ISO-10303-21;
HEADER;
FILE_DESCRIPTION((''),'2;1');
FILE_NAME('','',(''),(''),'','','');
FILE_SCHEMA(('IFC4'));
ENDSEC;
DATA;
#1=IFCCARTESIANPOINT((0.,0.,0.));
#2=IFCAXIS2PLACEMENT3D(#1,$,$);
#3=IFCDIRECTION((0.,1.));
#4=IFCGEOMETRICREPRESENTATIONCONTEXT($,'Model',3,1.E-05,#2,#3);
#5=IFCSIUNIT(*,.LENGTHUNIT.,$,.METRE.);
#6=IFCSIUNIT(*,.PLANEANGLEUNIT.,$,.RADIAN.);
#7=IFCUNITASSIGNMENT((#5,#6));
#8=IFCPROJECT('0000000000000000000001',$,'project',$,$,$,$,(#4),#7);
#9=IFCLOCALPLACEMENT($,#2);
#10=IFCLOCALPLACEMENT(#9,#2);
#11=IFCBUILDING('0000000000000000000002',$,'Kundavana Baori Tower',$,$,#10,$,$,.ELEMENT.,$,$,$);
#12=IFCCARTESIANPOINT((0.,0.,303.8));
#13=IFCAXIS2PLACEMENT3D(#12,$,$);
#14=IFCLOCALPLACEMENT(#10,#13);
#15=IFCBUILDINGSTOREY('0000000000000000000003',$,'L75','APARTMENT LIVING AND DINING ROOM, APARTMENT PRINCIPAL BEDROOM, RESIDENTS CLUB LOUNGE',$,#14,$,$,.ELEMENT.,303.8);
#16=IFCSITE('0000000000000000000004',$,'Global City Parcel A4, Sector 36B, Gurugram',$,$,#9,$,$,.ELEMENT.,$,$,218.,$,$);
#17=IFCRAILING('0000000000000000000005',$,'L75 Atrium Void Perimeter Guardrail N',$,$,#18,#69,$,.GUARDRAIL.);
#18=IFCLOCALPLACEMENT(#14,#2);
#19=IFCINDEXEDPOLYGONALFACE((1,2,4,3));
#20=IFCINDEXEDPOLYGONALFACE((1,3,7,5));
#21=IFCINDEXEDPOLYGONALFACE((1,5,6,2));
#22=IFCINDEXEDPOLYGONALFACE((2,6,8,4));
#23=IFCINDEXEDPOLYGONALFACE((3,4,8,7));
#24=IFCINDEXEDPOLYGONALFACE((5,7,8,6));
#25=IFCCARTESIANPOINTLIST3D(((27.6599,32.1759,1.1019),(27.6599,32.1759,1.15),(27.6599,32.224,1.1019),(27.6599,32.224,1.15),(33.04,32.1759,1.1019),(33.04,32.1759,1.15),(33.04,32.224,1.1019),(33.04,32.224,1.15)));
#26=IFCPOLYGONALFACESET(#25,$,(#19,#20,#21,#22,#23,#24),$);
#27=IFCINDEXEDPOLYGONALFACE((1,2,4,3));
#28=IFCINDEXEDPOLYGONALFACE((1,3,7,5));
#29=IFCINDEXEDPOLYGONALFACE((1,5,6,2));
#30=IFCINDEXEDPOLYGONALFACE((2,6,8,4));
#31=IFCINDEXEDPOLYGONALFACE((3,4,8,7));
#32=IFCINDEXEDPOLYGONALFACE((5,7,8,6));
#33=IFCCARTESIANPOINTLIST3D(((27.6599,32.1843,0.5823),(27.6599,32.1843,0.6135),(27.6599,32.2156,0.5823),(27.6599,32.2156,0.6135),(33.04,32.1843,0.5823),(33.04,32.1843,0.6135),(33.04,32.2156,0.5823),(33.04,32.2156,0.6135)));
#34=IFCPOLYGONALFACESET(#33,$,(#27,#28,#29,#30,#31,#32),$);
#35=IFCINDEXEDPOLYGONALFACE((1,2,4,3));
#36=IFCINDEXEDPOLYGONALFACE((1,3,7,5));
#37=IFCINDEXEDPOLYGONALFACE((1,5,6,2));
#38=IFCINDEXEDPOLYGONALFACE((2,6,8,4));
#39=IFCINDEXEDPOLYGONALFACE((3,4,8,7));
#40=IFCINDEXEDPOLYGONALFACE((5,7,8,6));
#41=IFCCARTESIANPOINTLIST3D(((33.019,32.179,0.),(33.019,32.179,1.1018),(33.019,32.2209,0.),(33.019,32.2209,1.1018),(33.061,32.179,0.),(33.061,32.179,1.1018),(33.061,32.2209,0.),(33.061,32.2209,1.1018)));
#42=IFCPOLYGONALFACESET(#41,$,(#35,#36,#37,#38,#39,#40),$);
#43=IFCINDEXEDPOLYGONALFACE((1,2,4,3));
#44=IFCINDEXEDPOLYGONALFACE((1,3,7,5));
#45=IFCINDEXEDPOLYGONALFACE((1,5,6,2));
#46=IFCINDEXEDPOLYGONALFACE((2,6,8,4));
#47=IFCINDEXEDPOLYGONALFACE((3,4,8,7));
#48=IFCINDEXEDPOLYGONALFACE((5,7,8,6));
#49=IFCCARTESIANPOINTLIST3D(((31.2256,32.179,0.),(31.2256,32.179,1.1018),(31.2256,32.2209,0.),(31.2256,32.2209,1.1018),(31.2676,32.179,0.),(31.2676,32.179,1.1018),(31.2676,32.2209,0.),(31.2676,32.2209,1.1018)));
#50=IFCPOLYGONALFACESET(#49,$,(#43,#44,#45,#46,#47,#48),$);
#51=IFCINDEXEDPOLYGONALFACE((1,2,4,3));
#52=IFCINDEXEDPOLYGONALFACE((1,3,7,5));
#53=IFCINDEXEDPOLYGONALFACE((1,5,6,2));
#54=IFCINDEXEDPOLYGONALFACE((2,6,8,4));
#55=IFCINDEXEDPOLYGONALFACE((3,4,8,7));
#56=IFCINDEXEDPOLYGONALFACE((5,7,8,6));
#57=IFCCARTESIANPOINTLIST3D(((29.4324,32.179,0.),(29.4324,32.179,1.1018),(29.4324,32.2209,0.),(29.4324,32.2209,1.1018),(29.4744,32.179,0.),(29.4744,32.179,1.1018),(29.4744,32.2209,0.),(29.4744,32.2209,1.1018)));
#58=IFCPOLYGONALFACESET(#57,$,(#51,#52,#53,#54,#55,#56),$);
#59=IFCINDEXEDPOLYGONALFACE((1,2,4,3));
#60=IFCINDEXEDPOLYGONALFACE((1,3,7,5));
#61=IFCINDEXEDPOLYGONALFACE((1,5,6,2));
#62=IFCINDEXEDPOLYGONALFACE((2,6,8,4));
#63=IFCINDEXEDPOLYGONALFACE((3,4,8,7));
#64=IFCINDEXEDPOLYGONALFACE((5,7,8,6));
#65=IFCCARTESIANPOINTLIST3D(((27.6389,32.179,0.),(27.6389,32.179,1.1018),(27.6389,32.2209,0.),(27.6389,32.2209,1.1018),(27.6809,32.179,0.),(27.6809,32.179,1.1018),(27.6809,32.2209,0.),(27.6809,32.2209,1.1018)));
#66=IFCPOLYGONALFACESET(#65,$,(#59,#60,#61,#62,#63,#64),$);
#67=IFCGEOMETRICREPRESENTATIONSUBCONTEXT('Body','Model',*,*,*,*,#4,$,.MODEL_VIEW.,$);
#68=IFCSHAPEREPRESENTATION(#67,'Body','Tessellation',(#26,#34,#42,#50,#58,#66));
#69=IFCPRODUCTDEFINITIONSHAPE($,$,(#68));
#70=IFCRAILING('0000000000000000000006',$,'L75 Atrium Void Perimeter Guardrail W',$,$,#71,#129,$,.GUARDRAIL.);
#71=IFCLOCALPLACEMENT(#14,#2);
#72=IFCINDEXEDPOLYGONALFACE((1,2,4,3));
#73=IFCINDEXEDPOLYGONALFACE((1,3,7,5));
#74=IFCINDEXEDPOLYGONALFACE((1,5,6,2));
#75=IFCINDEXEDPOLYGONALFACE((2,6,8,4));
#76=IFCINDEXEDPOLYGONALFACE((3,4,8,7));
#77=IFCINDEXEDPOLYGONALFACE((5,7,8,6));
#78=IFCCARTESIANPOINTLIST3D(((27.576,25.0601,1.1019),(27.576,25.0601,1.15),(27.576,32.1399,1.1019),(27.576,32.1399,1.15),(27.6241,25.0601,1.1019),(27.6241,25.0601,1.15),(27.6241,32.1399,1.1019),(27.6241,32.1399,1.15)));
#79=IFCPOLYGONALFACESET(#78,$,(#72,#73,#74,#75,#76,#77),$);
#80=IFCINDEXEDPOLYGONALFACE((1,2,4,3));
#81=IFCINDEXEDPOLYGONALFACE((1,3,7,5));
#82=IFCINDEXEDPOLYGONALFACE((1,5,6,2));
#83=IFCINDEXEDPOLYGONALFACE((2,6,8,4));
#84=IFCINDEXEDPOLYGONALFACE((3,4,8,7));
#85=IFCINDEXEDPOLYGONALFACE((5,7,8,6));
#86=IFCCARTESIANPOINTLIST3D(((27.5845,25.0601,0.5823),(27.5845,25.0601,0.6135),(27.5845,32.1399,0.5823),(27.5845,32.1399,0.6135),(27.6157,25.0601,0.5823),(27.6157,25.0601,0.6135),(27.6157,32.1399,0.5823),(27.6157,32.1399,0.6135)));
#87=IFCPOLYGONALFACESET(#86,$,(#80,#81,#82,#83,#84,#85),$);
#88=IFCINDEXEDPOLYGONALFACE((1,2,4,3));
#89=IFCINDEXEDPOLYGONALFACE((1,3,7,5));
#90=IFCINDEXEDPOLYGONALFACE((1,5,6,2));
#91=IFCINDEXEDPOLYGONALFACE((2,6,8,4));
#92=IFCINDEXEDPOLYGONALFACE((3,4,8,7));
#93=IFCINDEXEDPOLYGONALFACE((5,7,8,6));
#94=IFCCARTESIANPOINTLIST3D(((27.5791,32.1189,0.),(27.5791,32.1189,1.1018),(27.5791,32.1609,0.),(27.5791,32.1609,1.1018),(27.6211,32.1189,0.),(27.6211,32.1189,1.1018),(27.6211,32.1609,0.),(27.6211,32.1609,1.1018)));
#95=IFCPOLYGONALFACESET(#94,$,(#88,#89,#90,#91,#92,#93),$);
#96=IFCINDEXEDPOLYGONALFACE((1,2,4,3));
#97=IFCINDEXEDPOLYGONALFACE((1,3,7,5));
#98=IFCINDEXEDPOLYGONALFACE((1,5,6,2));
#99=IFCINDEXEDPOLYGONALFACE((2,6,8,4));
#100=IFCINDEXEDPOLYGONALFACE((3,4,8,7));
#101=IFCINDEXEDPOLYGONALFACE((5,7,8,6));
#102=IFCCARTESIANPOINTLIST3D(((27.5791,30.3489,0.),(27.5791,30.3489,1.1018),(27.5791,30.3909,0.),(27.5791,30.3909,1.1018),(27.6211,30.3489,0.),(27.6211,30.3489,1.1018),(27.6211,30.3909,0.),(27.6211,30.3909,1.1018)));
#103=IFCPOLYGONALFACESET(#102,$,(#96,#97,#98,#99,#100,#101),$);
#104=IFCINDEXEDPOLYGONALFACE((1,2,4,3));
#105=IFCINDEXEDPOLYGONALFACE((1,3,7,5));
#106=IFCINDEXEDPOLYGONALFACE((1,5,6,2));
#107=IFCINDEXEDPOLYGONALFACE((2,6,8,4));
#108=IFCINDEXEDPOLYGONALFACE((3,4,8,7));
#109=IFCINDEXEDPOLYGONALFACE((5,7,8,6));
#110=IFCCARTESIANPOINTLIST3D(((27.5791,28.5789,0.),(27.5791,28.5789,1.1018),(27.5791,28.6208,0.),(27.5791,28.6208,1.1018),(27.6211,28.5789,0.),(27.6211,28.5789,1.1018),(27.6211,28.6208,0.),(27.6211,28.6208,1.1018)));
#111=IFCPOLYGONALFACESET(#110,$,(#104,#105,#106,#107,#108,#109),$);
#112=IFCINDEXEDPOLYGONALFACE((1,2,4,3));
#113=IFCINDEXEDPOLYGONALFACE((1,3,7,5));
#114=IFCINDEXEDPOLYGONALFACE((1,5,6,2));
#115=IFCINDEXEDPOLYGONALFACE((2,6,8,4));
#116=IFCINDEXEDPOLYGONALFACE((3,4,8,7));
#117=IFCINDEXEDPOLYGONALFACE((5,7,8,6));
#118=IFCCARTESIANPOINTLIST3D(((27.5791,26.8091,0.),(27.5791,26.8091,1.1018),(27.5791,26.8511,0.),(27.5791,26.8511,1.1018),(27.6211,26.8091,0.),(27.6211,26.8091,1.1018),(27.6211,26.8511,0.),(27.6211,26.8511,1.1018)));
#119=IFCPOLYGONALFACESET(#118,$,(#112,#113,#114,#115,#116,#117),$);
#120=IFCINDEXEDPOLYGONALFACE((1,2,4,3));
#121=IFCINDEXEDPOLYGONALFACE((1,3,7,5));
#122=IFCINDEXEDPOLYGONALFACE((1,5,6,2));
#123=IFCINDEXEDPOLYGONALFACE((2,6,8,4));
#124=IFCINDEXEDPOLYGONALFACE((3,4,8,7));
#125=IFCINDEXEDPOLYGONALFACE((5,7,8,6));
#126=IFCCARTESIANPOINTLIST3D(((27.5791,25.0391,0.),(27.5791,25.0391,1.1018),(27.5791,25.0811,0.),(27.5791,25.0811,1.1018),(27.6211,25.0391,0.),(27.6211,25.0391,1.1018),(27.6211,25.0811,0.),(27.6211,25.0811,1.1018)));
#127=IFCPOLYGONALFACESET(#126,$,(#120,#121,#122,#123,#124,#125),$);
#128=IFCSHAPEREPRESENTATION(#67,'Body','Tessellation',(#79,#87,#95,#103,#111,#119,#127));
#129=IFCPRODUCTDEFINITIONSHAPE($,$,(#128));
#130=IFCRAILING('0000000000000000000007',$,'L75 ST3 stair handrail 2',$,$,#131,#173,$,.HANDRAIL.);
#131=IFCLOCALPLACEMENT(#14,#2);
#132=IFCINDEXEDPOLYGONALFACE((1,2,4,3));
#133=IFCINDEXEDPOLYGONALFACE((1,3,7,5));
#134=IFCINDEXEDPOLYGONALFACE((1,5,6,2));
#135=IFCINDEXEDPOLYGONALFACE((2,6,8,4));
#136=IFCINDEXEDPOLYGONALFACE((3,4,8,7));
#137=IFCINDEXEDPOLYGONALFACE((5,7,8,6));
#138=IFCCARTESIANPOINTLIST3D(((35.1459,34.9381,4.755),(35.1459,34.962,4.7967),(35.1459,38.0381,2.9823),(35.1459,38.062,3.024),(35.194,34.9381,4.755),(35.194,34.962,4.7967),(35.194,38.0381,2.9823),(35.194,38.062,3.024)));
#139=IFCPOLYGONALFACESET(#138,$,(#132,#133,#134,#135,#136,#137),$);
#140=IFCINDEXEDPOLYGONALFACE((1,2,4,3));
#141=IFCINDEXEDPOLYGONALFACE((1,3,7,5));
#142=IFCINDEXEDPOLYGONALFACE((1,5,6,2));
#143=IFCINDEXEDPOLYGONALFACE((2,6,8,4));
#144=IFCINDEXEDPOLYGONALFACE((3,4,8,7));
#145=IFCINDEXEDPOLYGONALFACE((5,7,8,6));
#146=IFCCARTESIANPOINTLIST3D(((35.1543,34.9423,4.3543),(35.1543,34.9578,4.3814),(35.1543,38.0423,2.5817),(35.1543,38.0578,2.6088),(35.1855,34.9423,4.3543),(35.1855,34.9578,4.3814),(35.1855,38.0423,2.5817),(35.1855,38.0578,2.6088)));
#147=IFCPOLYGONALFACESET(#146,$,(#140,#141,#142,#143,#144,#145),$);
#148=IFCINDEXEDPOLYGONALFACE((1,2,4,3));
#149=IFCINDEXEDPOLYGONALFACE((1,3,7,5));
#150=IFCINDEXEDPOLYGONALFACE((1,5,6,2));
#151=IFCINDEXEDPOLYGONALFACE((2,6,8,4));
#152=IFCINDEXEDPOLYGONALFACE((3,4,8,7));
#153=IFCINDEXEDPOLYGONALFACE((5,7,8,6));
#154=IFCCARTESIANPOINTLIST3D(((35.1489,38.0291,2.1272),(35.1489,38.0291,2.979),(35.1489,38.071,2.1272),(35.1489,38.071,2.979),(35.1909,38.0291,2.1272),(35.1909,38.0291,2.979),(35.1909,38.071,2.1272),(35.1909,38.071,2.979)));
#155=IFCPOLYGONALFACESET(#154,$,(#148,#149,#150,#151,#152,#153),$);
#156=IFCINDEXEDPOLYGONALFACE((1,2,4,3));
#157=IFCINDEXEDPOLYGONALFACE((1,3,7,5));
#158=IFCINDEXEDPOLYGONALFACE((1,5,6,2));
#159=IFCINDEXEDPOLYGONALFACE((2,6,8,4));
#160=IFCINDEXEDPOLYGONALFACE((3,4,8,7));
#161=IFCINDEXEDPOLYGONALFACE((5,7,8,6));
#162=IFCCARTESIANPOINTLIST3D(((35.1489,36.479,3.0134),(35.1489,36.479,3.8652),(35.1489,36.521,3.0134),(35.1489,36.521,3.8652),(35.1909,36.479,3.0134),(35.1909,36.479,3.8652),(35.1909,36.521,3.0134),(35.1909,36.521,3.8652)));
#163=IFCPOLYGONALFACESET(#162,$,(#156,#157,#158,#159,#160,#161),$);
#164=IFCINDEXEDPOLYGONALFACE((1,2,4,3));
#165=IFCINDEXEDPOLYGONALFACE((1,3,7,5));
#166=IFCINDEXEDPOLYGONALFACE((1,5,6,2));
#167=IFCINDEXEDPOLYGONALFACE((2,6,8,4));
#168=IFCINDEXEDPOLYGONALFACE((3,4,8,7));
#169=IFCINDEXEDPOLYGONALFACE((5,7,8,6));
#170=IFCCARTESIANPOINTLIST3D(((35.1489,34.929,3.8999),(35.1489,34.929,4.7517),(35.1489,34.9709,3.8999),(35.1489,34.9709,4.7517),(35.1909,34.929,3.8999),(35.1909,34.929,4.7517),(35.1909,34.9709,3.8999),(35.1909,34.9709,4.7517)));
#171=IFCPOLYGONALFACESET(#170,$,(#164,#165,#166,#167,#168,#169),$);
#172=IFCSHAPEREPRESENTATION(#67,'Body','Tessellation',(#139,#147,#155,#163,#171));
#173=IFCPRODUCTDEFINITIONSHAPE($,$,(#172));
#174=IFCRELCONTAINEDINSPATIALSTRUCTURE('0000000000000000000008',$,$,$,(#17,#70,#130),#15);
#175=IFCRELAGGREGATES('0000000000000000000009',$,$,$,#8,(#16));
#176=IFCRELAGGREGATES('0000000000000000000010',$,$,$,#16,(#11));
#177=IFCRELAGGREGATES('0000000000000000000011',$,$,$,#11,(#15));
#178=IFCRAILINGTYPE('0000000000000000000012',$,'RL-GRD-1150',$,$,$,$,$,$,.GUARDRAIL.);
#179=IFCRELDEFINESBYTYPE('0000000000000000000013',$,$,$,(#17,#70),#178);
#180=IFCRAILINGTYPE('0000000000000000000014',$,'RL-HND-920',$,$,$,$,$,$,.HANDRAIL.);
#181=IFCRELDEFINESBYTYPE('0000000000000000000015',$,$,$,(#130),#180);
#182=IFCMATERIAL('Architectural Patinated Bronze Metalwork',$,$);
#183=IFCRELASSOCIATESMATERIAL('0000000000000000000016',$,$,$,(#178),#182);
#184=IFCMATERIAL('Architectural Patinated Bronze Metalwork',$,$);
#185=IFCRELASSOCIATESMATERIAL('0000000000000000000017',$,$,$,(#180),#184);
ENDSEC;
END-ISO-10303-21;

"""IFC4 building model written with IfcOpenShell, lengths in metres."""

from ifc_helpers import new_model, si_unit, direction, frame, origin, origin_2d, place, context, subcontext, project, spatial, rectangle, extrude, material, type_object, element, save


model = new_model("IFC4")

# Units and contexts
model_context = context("Model", 3, precision=1e-05, world=origin(), true_north=direction((0.0, 1.0)))
body_context = subcontext(model_context, "Body", "Model", "MODEL_VIEW")
ifc_project = project(units=[si_unit("LENGTHUNIT", "METRE"), si_unit("PLANEANGLEUNIT", "RADIAN")], contexts=[model_context])

# Site, building, storey
site_placement = place(None, origin())
site = spatial("IfcSite", under=ifc_project, at=site_placement, Name="Global City Parcel A4, Sector 36B, Gurugram", CompositionType="ELEMENT", RefElevation=218.0)
building_placement = place(site_placement, origin())
building = spatial("IfcBuilding", under=site, at=building_placement, Name="Kundavana Baori Tower", CompositionType="ELEMENT")
storey_placement = place(building_placement, frame((0.0, 0.0, 303.8)))
storey = spatial("IfcBuildingStorey", under=building, at=storey_placement, Name="L75", Description="APARTMENT LIVING AND DINING ROOM, APARTMENT PRINCIPAL BEDROOM, RESIDENTS CLUB LOUNGE", CompositionType="ELEMENT", Elevation=303.8)

# Railings
ifc_material_1 = material(Name="Architectural Patinated Bronze Metalwork")
railing_type_1 = type_object("IfcRailingType", Name="RL-GRD-1150", PredefinedType="GUARDRAIL", material=ifc_material_1)
railing_1_placement = place(storey_placement, frame((33.04, 32.2, 0.0)))
element("IfcRailing", 1, at=railing_1_placement, inside=storey, type_object=railing_type_1, Name="L75 Atrium Void Perimeter Guardrail N", PredefinedType="GUARDRAIL", context=body_context, shape_type="SweptSolid", body=[
    extrude(rectangle(XDim=0.0481, YDim=0.0481, at=origin_2d()), frame((0.0, 0.0, 1.126), z_axis=(-1.0, 0.0, 0.0), x_axis=(0.0, -1.0, 0.0)), (0.0, 0.0, 1.0), 5.3801),
    extrude(rectangle(XDim=0.0312, YDim=0.0312, at=origin_2d()), frame((0.0, 0.0, 0.5979), z_axis=(-1.0, 0.0, 0.0), x_axis=(0.0, -1.0, 0.0)), (0.0, 0.0, 1.0), 5.3801),
    extrude(rectangle(XDim=0.042, YDim=0.042, at=origin_2d()), origin(), (0.0, 0.0, 1.0), 1.1018),
    extrude(rectangle(XDim=0.042, YDim=0.042, at=origin_2d()), frame((-1.7935, 0.0, 0.0)), (0.0, 0.0, 1.0), 1.1018),
    extrude(rectangle(XDim=0.042, YDim=0.042, at=origin_2d()), frame((-3.5867, 0.0, 0.0)), (0.0, 0.0, 1.0), 1.1018),
    extrude(rectangle(XDim=0.042, YDim=0.042, at=origin_2d()), frame((-5.3801, 0.0, 0.0)), (0.0, 0.0, 1.0), 1.1018),
])
railing_2_placement = place(storey_placement, frame((27.6001, 32.1399, 0.0)))
element("IfcRailing", 2, at=railing_2_placement, inside=storey, type_object=railing_type_1, Name="L75 Atrium Void Perimeter Guardrail W", PredefinedType="GUARDRAIL", context=body_context, shape_type="SweptSolid", body=[
    extrude(rectangle(XDim=0.0481, YDim=0.0481, at=origin_2d()), frame((0.0, 0.0, 1.126), z_axis=(0.0, -1.0, 0.0), x_axis=(1.0, 0.0, 0.0)), (0.0, 0.0, 1.0), 7.0798),
    extrude(rectangle(XDim=0.0312, YDim=0.0312, at=origin_2d()), frame((0.0, 0.0, 0.5979), z_axis=(0.0, -1.0, 0.0), x_axis=(1.0, 0.0, 0.0)), (0.0, 0.0, 1.0), 7.0798),
    extrude(rectangle(XDim=0.042, YDim=0.042, at=origin_2d()), origin(), (0.0, 0.0, 1.0), 1.1018),
    extrude(rectangle(XDim=0.042, YDim=0.042, at=origin_2d()), frame((0.0, -1.77, 0.0)), (0.0, 0.0, 1.0), 1.1018),
    extrude(rectangle(XDim=0.042, YDim=0.042, at=origin_2d()), frame((0.0, -3.54, 0.0)), (0.0, 0.0, 1.0), 1.1018),
    extrude(rectangle(XDim=0.042, YDim=0.042, at=origin_2d()), frame((0.0, -5.3098, 0.0)), (0.0, 0.0, 1.0), 1.1018),
    extrude(rectangle(XDim=0.042, YDim=0.042, at=origin_2d()), frame((0.0, -7.0798, 0.0)), (0.0, 0.0, 1.0), 1.1018),
])
ifc_material_2 = material(Name="Architectural Patinated Bronze Metalwork")
railing_type_2 = type_object("IfcRailingType", Name="RL-HND-920", PredefinedType="HANDRAIL", material=ifc_material_2)
railing_3_placement = place(storey_placement, frame((35.1699, 38.05, 2.1272)))
element("IfcRailing", 3, at=railing_3_placement, inside=storey, type_object=railing_type_2, Name="L75 ST3 stair handrail 2", PredefinedType="HANDRAIL", context=body_context, shape_type="SweptSolid", body=[
    extrude(rectangle(XDim=0.0481, YDim=0.0481, at=origin_2d()), frame((0.0, 0.0, 0.876), z_axis=(0.0, -0.868096, 0.496397), x_axis=(1.0, 0.0, 0.0)), (0.0, 0.0, 1.0), 3.571),
    extrude(rectangle(XDim=0.0312, YDim=0.0312, at=origin_2d()), frame((0.0, 0.0, 0.468), z_axis=(0.0, -0.868096, 0.496397), x_axis=(1.0, 0.0, 0.0)), (0.0, 0.0, 1.0), 3.571),
    extrude(rectangle(XDim=0.042, YDim=0.042, at=origin_2d()), origin(), (0.0, 0.0, 1.0), 0.8518),
    extrude(rectangle(XDim=0.042, YDim=0.042, at=origin_2d()), frame((0.0, -1.55, 0.8862)), (0.0, 0.0, 1.0), 0.8518),
    extrude(rectangle(XDim=0.042, YDim=0.042, at=origin_2d()), frame((0.0, -3.1001, 1.7727)), (0.0, 0.0, 1.0), 0.8518),
])

save(model, "model.ifc")
